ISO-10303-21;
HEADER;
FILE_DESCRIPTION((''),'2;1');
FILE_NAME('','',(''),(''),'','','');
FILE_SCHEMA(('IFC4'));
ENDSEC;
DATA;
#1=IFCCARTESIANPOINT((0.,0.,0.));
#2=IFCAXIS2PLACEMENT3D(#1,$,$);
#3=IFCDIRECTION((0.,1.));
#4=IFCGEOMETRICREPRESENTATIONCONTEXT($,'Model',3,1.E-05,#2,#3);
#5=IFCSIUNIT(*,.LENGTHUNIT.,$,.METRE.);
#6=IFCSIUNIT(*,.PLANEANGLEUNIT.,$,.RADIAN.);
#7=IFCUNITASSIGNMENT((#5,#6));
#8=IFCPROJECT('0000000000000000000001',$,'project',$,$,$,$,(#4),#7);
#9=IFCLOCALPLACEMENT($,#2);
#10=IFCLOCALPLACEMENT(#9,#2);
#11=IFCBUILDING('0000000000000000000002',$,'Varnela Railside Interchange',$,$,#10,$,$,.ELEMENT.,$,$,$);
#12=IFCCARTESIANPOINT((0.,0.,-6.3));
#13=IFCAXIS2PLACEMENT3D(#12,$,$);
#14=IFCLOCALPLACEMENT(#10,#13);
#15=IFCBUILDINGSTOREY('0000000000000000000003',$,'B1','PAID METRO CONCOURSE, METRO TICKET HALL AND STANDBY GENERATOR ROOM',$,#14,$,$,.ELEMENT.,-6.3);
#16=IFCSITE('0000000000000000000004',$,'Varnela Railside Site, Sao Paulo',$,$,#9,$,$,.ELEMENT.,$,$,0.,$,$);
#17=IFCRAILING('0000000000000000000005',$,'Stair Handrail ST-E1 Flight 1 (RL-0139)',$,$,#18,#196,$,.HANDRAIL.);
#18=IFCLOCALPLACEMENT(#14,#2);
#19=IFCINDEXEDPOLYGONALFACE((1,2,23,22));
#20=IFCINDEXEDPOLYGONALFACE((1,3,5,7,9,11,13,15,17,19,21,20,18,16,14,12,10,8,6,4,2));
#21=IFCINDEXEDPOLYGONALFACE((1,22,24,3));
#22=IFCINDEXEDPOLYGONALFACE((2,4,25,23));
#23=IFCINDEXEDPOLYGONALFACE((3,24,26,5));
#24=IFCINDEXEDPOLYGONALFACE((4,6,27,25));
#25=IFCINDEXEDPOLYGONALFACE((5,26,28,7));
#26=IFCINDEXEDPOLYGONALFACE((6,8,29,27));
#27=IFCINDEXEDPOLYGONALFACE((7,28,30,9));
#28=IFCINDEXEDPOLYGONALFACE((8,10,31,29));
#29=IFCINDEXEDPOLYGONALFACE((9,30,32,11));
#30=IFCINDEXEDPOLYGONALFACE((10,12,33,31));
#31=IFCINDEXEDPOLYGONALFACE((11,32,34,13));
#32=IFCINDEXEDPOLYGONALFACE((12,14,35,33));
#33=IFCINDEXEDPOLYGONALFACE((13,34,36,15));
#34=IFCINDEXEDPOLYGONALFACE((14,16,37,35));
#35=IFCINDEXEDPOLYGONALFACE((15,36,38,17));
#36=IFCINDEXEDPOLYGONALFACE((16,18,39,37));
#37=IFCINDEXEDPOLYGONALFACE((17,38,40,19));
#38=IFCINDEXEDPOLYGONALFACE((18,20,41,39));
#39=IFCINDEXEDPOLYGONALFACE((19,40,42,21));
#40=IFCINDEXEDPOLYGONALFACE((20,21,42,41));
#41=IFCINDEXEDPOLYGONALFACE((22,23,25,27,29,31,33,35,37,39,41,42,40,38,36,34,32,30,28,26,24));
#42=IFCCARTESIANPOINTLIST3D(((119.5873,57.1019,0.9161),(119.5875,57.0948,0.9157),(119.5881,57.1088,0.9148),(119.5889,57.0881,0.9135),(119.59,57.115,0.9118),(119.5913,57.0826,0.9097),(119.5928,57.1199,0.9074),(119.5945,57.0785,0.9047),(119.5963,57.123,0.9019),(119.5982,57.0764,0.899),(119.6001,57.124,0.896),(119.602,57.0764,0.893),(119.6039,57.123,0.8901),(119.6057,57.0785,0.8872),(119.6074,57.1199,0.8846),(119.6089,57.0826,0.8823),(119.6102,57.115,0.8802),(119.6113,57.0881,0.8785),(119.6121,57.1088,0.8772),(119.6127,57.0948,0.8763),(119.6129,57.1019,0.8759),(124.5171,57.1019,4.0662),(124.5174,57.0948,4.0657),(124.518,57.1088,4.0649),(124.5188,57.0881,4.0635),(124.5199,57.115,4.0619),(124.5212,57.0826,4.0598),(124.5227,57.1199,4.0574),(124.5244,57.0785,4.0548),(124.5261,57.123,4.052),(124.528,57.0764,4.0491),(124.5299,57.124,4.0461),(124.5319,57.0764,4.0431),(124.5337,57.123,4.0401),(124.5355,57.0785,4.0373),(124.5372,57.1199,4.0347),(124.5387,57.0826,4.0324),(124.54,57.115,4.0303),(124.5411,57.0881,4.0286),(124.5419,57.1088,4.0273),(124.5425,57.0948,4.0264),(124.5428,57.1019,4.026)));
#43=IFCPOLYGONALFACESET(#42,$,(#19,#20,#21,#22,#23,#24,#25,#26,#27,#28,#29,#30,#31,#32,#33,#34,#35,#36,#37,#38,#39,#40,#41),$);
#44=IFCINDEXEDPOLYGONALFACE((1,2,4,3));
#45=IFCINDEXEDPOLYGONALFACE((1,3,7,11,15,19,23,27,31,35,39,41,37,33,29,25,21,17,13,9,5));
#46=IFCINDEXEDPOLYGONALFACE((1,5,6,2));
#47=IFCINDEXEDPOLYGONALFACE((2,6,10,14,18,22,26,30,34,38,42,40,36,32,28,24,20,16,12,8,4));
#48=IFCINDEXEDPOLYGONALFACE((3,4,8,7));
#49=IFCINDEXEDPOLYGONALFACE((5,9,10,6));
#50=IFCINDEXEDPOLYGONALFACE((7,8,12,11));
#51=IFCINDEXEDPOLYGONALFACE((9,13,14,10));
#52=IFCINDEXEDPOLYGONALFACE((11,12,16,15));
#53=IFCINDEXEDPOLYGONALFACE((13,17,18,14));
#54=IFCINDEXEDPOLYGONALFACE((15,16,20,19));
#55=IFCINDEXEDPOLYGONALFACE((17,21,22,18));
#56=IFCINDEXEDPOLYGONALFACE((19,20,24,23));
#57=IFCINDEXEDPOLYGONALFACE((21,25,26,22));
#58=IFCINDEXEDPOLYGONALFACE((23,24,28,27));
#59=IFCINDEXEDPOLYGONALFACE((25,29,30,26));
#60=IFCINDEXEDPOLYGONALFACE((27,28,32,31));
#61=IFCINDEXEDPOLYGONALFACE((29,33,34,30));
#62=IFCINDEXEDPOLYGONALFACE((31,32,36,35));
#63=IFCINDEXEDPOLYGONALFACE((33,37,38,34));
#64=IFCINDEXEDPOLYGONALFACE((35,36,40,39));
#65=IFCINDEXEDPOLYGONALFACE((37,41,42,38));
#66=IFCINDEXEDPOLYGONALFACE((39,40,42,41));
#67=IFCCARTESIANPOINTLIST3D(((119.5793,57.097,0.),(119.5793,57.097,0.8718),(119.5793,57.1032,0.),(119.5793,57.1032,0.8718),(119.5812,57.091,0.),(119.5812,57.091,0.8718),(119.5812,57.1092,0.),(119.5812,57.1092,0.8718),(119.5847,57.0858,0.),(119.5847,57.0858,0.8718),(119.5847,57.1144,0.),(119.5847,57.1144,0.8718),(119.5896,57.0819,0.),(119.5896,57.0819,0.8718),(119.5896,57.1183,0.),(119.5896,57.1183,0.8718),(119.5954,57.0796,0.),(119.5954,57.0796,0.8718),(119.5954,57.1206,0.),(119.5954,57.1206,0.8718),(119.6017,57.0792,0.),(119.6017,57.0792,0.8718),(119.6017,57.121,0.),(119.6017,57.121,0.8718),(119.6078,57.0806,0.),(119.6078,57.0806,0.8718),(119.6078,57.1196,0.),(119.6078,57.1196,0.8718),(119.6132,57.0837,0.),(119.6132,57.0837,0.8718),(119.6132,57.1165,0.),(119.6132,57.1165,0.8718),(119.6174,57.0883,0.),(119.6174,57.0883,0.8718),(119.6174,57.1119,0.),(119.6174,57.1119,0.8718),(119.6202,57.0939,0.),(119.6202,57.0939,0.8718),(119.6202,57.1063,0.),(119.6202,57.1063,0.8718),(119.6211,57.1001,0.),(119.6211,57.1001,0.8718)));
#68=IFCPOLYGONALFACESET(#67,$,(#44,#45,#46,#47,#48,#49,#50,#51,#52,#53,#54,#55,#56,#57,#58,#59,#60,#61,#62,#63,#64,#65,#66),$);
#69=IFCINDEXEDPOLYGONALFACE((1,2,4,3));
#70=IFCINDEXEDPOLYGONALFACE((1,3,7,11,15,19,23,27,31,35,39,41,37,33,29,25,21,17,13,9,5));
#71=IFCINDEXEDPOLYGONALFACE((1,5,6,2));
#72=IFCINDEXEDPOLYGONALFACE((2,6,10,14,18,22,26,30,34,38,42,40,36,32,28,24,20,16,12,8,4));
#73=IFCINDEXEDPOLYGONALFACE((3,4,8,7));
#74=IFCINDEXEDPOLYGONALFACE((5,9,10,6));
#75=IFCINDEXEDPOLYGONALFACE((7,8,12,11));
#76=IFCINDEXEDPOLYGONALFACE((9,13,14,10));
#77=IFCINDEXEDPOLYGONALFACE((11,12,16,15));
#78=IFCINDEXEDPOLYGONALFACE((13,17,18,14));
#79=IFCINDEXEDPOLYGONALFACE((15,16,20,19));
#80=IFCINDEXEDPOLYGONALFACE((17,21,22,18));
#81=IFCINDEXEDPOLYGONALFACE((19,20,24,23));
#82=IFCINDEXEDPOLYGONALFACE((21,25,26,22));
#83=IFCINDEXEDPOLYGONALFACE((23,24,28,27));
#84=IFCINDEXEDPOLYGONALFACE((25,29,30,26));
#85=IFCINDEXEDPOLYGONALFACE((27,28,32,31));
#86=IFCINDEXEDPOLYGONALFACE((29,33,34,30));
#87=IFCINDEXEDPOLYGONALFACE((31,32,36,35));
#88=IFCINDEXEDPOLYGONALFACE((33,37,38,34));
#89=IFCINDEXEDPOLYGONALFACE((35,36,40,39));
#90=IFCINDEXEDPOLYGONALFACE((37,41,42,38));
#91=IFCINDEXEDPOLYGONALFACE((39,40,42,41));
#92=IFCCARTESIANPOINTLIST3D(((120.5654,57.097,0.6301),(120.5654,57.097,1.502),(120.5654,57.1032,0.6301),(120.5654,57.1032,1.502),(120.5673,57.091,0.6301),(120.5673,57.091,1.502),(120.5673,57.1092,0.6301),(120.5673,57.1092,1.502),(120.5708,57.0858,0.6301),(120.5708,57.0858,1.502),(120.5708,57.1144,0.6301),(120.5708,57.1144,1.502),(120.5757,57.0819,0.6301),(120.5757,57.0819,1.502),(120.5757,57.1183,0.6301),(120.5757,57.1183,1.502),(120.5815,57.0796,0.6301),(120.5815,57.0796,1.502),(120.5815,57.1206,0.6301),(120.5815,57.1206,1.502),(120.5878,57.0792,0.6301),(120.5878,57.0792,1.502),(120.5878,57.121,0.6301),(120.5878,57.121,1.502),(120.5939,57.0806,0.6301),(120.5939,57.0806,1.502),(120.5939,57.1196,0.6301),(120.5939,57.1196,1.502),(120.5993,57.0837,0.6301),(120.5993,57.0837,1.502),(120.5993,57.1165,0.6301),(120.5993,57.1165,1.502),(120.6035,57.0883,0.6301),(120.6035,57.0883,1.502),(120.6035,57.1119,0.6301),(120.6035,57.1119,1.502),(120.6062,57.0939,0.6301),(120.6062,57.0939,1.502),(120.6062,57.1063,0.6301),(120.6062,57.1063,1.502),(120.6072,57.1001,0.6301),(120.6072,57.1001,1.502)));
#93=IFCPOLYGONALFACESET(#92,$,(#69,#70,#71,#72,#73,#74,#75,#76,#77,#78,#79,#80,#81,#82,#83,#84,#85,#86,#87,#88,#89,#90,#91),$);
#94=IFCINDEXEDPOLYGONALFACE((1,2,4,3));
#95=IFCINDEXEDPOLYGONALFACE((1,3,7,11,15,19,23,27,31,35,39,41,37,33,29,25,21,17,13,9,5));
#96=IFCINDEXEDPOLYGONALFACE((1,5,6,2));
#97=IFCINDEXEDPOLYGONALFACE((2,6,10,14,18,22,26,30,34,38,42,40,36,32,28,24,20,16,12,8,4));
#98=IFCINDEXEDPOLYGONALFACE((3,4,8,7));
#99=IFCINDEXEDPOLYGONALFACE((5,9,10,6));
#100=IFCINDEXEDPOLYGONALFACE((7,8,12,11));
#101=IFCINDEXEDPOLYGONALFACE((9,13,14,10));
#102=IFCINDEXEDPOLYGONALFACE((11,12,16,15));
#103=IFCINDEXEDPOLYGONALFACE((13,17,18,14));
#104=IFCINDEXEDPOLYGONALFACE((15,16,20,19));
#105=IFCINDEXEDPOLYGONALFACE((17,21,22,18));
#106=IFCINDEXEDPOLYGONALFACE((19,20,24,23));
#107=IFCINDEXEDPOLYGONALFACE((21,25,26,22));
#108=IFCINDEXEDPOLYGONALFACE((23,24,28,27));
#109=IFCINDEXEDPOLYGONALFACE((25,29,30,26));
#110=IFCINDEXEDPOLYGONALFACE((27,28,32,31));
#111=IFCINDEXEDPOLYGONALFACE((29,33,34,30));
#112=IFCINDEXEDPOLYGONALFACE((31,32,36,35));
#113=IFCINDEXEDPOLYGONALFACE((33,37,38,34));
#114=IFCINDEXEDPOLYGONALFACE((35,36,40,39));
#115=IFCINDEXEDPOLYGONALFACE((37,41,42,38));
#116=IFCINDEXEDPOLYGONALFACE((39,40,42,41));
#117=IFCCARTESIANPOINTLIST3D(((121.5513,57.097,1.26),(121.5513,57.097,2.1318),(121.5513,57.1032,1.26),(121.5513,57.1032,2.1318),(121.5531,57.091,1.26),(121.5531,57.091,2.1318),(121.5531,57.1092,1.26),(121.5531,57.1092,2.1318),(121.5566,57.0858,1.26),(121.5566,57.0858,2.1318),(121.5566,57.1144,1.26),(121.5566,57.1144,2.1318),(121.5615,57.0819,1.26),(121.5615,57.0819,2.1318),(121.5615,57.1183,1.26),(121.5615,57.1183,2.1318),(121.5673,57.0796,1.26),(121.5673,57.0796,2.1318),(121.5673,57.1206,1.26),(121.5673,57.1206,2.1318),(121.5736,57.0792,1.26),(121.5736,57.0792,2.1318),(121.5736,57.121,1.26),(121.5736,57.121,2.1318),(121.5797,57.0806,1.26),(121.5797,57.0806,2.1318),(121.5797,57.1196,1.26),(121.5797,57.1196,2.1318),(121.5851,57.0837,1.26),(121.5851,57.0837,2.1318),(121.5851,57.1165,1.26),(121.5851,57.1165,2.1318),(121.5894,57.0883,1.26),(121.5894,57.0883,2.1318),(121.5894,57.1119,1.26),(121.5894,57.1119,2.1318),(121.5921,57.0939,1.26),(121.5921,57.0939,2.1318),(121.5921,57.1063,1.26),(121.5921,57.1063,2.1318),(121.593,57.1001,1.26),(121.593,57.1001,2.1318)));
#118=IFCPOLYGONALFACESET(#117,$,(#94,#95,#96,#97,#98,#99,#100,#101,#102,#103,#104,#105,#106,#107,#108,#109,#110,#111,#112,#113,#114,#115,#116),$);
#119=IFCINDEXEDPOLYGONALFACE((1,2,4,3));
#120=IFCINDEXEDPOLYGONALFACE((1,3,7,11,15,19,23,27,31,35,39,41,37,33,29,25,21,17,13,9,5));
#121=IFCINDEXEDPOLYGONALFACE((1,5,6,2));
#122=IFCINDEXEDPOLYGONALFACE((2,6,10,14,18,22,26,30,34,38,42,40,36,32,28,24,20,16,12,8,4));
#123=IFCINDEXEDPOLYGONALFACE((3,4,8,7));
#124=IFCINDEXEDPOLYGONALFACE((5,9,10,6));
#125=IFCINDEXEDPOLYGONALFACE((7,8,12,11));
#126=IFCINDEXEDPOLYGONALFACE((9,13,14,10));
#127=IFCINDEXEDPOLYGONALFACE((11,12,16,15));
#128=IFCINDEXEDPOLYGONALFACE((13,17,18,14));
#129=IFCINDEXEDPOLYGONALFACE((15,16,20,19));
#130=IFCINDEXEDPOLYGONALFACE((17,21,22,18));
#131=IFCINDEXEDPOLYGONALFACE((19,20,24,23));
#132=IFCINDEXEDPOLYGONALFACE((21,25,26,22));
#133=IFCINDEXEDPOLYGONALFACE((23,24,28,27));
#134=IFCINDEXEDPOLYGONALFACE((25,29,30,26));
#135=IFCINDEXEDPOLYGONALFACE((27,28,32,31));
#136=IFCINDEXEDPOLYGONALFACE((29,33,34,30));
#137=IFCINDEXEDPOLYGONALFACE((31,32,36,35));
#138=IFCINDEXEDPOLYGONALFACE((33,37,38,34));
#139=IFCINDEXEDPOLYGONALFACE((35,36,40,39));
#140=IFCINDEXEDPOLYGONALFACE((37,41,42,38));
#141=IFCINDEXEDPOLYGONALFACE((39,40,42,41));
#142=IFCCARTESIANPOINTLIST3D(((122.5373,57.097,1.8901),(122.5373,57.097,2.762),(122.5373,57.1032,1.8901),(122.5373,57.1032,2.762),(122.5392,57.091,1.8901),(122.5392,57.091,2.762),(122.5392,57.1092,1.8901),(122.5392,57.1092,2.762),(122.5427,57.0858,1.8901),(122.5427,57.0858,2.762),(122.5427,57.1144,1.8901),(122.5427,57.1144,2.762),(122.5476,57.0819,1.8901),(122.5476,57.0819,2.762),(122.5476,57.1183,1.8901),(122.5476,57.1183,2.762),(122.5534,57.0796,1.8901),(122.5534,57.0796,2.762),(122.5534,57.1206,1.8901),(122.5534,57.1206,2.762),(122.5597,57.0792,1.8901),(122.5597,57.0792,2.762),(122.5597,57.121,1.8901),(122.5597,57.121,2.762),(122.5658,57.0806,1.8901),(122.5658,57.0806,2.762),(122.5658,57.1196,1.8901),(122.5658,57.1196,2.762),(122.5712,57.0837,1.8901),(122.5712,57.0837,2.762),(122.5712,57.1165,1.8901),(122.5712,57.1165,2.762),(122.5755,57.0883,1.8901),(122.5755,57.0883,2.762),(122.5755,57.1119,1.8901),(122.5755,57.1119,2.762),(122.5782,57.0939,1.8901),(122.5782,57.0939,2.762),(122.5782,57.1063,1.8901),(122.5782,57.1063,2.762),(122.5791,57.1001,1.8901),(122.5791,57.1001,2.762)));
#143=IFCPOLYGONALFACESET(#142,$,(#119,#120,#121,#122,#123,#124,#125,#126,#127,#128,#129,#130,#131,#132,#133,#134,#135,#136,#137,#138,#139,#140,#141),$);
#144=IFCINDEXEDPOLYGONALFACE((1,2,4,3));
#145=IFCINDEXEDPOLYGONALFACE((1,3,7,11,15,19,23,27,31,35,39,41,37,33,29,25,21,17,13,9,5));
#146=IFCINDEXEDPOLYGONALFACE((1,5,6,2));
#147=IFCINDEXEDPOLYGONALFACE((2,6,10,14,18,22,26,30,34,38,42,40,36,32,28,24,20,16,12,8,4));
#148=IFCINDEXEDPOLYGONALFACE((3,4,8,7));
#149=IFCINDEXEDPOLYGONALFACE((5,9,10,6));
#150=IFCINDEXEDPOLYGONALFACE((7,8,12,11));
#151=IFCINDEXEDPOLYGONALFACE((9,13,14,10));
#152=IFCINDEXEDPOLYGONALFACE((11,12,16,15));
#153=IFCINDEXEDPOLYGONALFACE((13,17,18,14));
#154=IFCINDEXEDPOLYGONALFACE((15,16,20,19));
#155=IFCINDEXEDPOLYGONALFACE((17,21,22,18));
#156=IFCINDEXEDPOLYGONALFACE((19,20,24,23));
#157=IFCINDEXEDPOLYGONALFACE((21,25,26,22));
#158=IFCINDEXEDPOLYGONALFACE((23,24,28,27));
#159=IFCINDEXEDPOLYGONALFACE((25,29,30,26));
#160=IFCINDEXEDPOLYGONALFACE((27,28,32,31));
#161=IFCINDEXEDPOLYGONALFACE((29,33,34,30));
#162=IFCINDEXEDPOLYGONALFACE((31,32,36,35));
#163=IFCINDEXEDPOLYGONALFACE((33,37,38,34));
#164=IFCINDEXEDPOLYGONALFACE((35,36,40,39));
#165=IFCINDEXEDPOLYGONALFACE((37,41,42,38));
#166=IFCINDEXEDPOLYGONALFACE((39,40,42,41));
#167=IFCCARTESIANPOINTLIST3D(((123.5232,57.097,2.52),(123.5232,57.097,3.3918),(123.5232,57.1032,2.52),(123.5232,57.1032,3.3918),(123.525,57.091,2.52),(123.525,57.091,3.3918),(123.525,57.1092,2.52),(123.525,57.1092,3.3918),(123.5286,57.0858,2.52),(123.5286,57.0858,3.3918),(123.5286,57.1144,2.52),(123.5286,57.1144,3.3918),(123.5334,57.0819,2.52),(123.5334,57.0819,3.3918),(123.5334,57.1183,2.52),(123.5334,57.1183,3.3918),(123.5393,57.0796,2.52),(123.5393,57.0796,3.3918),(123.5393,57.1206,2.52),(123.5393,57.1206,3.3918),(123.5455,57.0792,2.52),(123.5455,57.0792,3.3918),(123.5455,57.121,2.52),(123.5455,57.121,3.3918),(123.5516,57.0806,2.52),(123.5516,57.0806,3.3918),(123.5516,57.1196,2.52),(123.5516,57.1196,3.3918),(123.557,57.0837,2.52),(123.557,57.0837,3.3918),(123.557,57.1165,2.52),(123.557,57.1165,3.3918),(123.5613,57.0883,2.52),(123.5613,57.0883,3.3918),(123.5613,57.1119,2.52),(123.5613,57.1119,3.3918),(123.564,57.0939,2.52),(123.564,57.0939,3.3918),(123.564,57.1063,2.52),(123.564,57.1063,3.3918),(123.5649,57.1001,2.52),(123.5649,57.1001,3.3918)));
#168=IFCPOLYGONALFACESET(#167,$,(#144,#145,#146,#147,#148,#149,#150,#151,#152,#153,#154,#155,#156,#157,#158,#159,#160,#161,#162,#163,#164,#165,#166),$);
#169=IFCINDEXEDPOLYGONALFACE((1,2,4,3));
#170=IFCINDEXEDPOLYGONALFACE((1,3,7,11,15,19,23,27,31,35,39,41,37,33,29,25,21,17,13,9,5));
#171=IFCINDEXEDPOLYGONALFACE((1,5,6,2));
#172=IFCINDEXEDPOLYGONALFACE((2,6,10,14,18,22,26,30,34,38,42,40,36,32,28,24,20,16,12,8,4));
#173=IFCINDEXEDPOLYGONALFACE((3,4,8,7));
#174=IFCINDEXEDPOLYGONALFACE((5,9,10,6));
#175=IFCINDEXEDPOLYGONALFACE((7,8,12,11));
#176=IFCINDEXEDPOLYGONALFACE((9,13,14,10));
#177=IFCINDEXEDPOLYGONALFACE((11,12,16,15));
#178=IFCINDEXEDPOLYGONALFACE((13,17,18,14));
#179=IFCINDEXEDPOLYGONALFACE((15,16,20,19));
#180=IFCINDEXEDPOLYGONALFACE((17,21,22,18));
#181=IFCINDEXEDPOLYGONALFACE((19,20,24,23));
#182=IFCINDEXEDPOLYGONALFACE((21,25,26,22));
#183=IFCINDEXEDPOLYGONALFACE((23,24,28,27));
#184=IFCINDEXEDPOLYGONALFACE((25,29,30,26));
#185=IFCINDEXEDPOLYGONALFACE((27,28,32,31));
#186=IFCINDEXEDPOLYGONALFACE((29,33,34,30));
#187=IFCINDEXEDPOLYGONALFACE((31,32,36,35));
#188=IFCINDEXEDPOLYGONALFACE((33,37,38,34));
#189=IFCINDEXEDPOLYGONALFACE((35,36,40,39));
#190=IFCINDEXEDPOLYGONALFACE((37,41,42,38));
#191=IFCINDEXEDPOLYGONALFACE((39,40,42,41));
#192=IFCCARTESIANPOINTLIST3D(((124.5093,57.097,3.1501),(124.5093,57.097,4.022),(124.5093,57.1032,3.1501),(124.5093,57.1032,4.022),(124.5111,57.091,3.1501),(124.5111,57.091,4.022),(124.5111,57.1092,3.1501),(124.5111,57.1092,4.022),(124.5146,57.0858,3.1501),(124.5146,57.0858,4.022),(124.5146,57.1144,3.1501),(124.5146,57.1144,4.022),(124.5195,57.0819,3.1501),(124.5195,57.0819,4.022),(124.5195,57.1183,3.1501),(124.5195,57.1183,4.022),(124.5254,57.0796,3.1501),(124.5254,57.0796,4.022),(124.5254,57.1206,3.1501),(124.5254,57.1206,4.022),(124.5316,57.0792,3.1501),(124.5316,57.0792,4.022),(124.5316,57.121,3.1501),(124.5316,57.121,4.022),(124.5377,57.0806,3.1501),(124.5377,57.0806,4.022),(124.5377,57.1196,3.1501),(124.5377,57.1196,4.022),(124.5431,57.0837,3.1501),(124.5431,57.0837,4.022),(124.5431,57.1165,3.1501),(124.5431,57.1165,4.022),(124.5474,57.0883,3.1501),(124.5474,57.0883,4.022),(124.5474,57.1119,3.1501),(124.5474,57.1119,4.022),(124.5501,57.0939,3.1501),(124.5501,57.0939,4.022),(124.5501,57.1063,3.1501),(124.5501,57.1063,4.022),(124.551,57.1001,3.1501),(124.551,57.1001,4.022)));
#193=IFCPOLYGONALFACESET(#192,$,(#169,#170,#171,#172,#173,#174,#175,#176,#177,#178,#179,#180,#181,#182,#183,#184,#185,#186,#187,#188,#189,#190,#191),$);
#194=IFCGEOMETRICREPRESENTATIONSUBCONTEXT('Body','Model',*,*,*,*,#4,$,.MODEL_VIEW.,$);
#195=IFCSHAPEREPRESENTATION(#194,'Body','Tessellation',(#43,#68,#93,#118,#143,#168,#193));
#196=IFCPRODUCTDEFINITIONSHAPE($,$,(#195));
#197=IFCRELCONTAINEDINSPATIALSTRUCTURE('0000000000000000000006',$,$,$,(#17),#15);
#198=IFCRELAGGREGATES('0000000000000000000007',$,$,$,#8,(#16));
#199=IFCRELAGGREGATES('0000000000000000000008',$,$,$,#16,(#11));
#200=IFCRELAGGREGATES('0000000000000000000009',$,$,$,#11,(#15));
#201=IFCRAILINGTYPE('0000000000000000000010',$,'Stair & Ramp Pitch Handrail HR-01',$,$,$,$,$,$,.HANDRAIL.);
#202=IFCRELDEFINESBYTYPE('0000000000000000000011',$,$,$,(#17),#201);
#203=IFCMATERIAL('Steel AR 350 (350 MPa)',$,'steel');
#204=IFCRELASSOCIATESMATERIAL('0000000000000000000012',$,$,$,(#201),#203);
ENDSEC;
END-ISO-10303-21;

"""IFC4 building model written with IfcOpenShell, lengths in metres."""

from ifc_helpers import new_model, si_unit, direction, frame, origin, origin_2d, place, context, subcontext, project, spatial, circle, extrude, material, type_object, element, save


model = new_model("IFC4")

# Units and contexts
model_context = context("Model", 3, precision=1e-05, world=origin(), true_north=direction((0.0, 1.0)))
body_context = subcontext(model_context, "Body", "Model", "MODEL_VIEW")
ifc_project = project(units=[si_unit("LENGTHUNIT", "METRE"), si_unit("PLANEANGLEUNIT", "RADIAN")], contexts=[model_context])

# Site, building, storey
site_placement = place(None, origin())
site = spatial("IfcSite", under=ifc_project, at=site_placement, Name="Varnela Railside Site, Sao Paulo", CompositionType="ELEMENT", RefElevation=0.0)
building_placement = place(site_placement, origin())
building = spatial("IfcBuilding", under=site, at=building_placement, Name="Varnela Railside Interchange", CompositionType="ELEMENT")
storey_placement = place(building_placement, frame((0.0, 0.0, -6.3)))
storey = spatial("IfcBuildingStorey", under=building, at=storey_placement, Name="B1", Description="PAID METRO CONCOURSE, METRO TICKET HALL AND STANDBY GENERATOR ROOM", CompositionType="ELEMENT", Elevation=-6.3)

# Railing
ifc_material_1 = material(Name="Steel AR 350 (350 MPa)", Category="steel")
railing_type_1 = type_object("IfcRailingType", Name="Stair & Ramp Pitch Handrail HR-01", PredefinedType="HANDRAIL", material=ifc_material_1)
railing_1_placement = place(storey_placement, frame((119.6001, 57.1001, 0.0)))
element("IfcRailing", 1, at=railing_1_placement, inside=storey, type_object=railing_type_1, Name="Stair Handrail ST-E1 Flight 1 (RL-0139)", PredefinedType="HANDRAIL", context=body_context, shape_type="SweptSolid", body=[
    extrude(circle(Radius=0.0239, at=origin_2d()), frame((0.0, 0.0, 0.896), z_axis=(0.84266, 0.0, 0.538446), x_axis=(0.0, 1.0, 0.0)), (0.0, 0.0, 1.0), 5.8503),
    extrude(circle(Radius=0.021, at=origin_2d()), origin(), (0.0, 0.0, 1.0), 0.8718),
    extrude(circle(Radius=0.021, at=origin_2d()), frame((0.9861, 0.0, 0.6301)), (0.0, 0.0, 1.0), 0.8718),
    extrude(circle(Radius=0.021, at=origin_2d()), frame((1.9719, 0.0, 1.26)), (0.0, 0.0, 1.0), 0.8718),
    extrude(circle(Radius=0.021, at=origin_2d()), frame((2.958, 0.0, 1.8901)), (0.0, 0.0, 1.0), 0.8718),
    extrude(circle(Radius=0.021, at=origin_2d()), frame((3.9438, 0.0, 2.52)), (0.0, 0.0, 1.0), 0.8718),
    extrude(circle(Radius=0.021, at=origin_2d()), frame((4.9299, 0.0, 3.1501)), (0.0, 0.0, 1.0), 0.8718),
])

save(model, "model.ifc")
